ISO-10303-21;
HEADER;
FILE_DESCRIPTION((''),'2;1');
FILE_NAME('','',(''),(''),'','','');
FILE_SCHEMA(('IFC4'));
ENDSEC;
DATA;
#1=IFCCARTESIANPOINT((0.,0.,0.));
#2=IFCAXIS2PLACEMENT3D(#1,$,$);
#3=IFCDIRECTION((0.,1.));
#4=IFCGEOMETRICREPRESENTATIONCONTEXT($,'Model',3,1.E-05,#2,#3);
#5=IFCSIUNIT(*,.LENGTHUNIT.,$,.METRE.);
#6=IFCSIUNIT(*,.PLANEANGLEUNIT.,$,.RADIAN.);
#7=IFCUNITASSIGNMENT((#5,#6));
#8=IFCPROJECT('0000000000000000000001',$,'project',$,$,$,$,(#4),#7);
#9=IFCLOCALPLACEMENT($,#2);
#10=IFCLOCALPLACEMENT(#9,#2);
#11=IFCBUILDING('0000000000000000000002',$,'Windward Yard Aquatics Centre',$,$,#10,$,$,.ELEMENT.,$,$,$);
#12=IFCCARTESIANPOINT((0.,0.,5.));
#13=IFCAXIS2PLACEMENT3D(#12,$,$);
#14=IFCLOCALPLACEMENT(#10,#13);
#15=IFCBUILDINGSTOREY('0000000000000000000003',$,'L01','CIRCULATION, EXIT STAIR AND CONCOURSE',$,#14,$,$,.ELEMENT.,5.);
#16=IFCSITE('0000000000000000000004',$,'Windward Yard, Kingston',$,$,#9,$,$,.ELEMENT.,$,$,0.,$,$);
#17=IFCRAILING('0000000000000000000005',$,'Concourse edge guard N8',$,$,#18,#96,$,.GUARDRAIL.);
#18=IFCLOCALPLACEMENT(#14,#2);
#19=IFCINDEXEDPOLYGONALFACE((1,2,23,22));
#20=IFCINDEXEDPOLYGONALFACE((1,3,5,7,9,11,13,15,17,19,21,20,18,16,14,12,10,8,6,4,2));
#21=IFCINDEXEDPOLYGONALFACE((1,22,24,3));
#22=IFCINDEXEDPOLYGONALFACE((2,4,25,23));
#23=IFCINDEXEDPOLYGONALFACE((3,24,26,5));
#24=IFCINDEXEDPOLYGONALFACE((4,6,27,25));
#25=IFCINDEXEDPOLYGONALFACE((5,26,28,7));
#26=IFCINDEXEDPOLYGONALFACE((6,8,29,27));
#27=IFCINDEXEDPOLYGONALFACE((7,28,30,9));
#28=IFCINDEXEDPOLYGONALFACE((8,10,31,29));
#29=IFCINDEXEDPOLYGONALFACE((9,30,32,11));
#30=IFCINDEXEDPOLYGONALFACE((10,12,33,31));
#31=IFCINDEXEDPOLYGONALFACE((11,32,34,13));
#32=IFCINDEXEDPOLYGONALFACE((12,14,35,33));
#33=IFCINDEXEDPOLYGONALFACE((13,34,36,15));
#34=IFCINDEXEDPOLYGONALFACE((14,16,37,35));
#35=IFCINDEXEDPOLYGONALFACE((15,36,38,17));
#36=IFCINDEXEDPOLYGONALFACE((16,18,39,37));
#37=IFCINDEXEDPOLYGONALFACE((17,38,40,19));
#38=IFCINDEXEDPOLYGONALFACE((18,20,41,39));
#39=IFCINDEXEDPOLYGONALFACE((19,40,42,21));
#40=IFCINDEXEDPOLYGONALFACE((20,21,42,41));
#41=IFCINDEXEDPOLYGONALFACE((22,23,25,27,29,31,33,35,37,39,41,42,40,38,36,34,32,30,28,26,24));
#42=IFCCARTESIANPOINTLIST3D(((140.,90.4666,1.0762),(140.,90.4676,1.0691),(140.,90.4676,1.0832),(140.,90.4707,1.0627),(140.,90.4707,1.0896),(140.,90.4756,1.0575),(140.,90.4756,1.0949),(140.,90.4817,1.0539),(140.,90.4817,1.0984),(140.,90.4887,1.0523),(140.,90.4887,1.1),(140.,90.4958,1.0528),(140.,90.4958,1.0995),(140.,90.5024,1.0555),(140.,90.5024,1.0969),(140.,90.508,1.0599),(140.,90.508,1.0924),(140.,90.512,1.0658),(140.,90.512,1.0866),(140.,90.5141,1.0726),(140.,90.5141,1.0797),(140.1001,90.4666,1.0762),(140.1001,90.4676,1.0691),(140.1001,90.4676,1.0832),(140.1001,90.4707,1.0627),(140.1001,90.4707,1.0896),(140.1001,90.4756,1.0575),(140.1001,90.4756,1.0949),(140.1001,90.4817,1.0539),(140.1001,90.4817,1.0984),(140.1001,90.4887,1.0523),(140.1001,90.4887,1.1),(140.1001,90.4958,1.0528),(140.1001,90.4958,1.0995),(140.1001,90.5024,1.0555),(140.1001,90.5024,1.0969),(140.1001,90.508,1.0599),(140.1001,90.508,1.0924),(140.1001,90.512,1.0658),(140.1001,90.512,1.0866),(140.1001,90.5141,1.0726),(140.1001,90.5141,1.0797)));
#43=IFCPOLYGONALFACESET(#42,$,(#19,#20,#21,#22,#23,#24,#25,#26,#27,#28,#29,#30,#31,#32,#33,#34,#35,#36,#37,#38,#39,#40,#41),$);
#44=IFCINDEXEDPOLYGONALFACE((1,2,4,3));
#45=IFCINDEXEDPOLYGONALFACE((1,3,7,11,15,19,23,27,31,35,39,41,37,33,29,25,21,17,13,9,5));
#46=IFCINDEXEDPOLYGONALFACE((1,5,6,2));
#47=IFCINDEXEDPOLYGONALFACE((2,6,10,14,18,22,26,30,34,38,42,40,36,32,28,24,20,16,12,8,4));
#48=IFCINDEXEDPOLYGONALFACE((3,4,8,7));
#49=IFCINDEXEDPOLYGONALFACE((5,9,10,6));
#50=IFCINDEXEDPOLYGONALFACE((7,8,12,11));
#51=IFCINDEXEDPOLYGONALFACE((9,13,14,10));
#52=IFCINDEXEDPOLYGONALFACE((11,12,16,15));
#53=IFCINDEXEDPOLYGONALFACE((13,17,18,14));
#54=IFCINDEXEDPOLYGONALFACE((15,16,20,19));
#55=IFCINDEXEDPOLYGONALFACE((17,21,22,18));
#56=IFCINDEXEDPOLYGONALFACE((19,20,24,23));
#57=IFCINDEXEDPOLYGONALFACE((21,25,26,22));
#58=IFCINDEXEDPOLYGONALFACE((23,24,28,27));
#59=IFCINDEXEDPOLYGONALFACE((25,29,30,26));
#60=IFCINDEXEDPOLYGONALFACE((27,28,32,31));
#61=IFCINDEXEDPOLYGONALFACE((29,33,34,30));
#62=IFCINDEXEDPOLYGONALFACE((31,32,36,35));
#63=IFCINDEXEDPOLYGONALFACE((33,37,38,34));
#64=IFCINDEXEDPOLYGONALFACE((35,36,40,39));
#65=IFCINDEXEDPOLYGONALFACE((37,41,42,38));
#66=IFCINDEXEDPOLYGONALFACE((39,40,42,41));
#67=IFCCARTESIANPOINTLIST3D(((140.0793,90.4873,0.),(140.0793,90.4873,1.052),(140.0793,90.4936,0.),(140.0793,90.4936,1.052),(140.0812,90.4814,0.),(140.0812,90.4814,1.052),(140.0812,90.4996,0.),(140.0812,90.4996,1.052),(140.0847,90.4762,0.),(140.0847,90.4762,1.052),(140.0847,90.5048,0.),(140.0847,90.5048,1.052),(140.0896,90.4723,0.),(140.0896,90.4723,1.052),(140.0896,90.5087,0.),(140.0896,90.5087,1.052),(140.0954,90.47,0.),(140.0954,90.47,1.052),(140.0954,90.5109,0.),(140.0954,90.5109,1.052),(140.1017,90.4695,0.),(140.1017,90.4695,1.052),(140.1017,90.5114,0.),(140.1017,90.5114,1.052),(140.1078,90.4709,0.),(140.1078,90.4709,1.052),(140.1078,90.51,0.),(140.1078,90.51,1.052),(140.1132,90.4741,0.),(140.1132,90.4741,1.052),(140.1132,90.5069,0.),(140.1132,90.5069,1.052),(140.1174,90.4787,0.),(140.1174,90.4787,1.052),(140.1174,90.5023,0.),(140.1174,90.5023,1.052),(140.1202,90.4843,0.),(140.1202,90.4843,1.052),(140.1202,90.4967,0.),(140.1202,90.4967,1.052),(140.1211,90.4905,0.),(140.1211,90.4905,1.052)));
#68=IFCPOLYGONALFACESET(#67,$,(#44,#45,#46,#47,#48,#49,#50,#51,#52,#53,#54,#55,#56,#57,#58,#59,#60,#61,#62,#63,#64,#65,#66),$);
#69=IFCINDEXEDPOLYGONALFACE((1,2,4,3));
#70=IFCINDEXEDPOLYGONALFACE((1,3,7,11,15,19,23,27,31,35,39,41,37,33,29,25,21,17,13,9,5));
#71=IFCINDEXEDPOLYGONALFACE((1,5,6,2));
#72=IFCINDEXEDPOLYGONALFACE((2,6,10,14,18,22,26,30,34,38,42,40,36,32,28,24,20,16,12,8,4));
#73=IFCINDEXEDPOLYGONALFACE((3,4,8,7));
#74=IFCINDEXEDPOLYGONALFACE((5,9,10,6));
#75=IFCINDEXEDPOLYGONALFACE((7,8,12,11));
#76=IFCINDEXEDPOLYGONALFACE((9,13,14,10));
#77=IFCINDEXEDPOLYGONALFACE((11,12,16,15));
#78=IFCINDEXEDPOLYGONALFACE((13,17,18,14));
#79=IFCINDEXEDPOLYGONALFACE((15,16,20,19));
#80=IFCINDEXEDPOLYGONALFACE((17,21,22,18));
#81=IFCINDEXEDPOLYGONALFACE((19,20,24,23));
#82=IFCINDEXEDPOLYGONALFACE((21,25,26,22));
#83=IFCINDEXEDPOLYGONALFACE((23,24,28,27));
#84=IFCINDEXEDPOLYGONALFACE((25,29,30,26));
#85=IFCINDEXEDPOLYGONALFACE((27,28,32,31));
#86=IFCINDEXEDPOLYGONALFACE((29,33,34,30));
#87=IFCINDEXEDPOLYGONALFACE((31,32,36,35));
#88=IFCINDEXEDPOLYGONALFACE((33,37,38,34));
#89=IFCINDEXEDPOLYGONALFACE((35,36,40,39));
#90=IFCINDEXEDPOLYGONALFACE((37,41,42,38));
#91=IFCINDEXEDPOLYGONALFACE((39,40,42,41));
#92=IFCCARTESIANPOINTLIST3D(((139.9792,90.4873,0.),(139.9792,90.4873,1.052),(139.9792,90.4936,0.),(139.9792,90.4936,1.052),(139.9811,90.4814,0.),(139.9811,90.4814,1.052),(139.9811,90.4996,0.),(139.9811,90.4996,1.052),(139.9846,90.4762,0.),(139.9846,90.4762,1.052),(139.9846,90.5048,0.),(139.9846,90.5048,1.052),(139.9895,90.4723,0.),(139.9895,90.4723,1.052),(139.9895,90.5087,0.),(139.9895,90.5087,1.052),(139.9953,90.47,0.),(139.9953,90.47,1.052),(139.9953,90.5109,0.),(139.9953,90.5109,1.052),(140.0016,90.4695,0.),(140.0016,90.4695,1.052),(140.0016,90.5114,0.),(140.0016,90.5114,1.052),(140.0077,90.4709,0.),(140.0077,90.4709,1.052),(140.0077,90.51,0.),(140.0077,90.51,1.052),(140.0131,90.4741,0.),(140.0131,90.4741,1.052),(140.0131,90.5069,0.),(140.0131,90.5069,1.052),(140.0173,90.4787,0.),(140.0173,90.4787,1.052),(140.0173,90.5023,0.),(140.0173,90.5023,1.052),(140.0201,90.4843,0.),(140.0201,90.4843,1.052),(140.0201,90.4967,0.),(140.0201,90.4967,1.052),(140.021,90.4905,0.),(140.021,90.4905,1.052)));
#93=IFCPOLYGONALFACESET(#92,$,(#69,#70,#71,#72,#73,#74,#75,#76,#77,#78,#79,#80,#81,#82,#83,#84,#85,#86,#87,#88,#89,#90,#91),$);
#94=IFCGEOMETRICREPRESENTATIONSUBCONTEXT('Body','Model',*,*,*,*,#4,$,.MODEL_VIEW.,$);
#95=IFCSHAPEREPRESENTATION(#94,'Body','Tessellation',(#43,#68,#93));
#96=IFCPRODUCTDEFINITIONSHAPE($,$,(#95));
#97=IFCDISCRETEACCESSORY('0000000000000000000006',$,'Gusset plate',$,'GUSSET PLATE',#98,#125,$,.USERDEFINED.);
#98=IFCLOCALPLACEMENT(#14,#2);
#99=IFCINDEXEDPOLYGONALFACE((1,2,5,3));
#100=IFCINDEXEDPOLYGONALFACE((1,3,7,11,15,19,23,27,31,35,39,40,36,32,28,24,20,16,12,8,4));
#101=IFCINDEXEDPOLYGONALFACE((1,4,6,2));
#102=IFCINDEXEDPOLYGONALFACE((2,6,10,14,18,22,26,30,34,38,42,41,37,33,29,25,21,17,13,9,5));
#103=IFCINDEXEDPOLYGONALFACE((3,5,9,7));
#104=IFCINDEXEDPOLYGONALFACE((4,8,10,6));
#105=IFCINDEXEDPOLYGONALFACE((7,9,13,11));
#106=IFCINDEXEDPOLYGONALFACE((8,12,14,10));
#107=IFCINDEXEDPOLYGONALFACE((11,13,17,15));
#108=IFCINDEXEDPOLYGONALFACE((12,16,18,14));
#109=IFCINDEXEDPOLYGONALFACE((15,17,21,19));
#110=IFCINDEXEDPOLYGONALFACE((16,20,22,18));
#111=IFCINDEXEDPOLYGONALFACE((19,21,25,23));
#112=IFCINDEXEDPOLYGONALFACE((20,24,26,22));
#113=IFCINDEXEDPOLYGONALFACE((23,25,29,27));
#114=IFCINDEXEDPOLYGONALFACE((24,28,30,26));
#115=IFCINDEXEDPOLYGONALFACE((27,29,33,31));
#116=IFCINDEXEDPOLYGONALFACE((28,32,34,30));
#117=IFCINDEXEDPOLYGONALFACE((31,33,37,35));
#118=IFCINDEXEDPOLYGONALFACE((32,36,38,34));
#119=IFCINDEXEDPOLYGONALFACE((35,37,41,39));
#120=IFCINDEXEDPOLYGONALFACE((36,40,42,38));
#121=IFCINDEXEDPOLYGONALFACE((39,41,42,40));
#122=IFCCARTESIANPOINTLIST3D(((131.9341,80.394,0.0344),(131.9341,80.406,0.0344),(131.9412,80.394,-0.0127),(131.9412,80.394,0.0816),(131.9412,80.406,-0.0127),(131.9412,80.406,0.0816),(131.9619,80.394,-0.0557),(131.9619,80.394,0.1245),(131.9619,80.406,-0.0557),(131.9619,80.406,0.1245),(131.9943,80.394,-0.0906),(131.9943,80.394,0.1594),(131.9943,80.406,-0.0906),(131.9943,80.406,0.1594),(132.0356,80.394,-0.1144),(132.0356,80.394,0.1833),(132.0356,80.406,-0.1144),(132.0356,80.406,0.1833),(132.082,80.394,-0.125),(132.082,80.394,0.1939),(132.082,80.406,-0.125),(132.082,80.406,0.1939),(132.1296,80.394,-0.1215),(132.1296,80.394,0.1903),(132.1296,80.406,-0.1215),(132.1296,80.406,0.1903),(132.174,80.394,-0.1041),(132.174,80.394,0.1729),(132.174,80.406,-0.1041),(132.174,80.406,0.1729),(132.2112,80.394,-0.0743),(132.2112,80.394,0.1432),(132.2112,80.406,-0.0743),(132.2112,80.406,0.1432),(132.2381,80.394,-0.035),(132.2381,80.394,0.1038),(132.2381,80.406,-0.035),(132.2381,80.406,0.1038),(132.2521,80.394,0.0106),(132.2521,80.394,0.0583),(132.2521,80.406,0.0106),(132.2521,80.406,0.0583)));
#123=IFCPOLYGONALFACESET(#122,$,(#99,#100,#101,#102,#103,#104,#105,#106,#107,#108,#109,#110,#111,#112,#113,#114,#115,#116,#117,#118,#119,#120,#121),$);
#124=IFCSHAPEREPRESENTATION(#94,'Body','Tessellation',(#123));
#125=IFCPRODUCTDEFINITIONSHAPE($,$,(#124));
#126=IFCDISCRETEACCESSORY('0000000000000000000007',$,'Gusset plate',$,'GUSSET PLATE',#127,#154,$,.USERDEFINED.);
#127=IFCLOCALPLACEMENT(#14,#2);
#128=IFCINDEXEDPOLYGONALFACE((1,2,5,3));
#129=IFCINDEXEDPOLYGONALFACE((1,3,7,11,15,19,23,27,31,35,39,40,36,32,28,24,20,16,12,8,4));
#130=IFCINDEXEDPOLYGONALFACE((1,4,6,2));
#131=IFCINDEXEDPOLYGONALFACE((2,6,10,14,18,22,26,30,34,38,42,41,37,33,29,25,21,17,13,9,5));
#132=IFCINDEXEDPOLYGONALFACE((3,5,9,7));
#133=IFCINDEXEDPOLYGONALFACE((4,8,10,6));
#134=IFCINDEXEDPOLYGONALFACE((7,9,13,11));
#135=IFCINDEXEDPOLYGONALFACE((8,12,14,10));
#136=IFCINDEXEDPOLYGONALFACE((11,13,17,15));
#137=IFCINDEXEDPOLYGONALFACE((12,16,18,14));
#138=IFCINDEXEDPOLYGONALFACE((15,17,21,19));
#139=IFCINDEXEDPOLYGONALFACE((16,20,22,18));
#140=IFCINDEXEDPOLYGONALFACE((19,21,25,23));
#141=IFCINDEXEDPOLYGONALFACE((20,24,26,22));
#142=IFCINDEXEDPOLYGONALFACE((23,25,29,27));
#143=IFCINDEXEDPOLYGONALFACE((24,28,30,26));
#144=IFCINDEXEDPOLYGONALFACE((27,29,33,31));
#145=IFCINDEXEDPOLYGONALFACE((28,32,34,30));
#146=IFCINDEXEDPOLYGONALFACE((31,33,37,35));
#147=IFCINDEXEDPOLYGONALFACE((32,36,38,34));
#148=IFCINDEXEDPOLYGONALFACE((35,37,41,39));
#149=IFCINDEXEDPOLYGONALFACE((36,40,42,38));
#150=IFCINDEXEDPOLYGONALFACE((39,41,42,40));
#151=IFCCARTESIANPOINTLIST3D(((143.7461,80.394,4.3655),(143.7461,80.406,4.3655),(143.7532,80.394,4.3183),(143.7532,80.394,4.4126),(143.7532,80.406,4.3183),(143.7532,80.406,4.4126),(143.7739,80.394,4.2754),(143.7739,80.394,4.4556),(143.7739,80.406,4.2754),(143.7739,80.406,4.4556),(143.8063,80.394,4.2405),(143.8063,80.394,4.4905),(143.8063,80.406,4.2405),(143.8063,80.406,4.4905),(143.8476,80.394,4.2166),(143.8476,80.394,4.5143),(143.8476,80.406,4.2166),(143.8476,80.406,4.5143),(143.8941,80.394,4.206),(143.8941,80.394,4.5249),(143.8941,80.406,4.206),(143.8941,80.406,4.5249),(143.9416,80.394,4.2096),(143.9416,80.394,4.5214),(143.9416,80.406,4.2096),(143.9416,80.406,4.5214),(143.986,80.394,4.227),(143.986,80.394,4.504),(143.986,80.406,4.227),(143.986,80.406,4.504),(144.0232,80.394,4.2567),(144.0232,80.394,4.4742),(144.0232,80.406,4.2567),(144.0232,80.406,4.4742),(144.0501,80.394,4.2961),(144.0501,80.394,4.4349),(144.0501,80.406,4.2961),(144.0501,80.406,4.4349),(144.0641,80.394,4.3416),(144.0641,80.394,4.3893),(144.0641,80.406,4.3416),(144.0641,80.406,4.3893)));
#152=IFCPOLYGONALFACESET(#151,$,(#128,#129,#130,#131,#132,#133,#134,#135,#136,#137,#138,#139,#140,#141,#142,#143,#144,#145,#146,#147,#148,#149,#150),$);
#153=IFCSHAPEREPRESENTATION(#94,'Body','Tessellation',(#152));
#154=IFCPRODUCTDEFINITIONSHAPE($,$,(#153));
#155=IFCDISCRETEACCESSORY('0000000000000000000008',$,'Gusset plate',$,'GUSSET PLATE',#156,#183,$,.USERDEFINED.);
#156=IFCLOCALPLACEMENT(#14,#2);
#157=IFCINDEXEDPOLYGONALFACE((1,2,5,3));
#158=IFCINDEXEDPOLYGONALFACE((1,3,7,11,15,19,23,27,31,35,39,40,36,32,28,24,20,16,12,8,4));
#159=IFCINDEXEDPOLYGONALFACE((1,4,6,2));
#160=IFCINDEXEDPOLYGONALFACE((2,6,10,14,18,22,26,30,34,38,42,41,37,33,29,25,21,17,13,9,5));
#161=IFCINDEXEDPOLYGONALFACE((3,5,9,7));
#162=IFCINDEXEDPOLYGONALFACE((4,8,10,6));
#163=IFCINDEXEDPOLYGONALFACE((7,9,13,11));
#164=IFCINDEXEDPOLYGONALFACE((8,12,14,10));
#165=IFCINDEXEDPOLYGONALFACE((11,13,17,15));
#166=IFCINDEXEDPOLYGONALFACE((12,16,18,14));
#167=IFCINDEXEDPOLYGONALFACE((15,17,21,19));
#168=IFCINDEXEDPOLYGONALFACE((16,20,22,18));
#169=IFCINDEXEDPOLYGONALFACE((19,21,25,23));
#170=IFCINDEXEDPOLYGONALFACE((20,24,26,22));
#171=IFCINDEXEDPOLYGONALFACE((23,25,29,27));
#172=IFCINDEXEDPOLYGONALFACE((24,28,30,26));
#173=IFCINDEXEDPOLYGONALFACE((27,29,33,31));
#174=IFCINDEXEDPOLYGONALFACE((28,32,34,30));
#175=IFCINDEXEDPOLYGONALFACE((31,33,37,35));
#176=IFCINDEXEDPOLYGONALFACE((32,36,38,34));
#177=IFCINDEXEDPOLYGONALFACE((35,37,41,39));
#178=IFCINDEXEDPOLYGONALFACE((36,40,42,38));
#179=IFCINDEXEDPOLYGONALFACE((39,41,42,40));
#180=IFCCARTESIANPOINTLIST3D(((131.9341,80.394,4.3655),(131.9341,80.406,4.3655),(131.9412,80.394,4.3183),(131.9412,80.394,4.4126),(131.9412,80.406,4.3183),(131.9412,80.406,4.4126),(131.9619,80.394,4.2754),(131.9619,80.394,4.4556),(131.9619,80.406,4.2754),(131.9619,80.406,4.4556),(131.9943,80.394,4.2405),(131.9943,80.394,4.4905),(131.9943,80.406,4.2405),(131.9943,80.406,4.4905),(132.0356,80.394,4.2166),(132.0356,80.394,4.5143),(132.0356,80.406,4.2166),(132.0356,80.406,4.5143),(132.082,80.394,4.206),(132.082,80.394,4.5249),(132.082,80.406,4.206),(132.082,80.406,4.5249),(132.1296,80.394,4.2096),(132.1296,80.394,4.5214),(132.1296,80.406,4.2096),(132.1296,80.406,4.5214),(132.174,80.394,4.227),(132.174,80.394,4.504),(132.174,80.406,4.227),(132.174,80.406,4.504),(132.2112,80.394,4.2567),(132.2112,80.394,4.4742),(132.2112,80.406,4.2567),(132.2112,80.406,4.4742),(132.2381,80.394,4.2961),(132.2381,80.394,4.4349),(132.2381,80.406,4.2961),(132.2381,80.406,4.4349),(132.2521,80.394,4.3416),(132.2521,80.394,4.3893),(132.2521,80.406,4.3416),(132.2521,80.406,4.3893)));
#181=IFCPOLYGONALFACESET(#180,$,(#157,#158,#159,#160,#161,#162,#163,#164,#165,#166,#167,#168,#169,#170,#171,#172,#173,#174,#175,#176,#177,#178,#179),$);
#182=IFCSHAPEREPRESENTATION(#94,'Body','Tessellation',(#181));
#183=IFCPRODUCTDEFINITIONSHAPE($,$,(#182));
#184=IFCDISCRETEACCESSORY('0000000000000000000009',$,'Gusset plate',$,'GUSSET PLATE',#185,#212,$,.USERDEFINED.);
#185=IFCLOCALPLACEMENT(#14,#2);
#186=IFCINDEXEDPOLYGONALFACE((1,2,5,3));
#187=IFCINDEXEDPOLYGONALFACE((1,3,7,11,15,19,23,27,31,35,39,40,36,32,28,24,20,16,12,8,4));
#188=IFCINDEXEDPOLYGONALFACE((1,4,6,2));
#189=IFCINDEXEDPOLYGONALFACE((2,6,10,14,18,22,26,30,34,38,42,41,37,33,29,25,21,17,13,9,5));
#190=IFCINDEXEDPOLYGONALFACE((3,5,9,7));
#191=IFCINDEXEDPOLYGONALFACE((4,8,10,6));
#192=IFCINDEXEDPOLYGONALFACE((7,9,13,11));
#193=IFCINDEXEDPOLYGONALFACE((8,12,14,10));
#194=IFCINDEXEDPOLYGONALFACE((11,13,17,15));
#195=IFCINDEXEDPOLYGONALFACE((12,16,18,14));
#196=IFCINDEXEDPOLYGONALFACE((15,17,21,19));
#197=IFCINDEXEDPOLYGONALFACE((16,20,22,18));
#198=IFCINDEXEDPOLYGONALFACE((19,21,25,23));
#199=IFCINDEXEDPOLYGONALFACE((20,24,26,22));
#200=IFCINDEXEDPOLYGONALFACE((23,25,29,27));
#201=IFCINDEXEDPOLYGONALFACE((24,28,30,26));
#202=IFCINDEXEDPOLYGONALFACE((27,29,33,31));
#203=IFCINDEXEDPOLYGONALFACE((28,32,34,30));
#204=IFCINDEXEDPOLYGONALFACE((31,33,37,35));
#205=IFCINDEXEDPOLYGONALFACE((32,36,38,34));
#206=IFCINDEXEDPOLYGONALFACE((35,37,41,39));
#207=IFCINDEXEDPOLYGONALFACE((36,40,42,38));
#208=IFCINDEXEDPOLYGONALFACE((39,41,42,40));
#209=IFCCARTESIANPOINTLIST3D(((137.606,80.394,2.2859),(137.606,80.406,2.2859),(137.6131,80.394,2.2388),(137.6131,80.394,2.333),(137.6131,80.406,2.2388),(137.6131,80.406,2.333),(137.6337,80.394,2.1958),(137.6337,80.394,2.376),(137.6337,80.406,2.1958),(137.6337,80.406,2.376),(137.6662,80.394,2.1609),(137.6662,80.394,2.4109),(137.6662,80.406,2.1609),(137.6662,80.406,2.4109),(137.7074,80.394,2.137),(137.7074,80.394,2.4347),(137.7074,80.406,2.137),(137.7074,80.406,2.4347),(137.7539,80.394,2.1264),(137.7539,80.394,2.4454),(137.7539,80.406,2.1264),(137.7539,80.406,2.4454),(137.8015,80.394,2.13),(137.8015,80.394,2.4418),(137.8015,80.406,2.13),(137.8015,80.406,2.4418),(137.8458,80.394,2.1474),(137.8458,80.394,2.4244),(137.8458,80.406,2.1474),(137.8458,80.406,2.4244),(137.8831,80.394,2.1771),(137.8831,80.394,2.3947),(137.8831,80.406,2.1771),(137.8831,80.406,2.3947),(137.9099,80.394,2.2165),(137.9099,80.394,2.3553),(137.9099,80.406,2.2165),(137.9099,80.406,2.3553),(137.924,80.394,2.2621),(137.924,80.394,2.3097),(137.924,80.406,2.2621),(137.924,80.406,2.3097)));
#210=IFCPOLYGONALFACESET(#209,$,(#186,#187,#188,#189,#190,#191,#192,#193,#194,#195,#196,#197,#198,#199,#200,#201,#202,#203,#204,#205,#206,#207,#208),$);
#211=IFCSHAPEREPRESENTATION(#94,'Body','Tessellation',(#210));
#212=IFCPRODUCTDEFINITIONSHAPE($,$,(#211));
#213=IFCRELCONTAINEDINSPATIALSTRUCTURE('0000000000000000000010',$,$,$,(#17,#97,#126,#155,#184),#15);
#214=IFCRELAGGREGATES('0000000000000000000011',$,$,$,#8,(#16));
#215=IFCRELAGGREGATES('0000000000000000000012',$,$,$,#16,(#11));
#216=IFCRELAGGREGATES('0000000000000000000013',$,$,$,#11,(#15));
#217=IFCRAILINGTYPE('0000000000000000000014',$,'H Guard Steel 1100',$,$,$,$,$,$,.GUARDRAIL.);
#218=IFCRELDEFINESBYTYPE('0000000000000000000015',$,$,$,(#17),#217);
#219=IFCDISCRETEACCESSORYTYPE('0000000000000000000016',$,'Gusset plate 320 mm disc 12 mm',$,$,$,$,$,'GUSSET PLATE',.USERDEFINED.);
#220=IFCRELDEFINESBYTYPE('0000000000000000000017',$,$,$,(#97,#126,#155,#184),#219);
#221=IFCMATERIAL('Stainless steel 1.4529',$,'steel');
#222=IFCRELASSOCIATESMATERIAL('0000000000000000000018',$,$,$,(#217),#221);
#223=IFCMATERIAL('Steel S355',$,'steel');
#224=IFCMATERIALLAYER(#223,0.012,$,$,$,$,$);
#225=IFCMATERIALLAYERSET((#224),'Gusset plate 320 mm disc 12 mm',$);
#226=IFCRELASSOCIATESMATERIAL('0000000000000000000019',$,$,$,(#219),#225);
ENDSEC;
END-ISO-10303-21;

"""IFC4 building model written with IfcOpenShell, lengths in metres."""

from ifc_helpers import new_model, si_unit, direction, frame, origin, origin_2d, place, context, subcontext, project, spatial, circle, extrude, material, layer, layer_set, type_object, element, save


model = new_model("IFC4")

# Units and contexts
model_context = context("Model", 3, precision=1e-05, world=origin(), true_north=direction((0.0, 1.0)))
body_context = subcontext(model_context, "Body", "Model", "MODEL_VIEW")
ifc_project = project(units=[si_unit("LENGTHUNIT", "METRE"), si_unit("PLANEANGLEUNIT", "RADIAN")], contexts=[model_context])

# Site, building, storey
site_placement = place(None, origin())
site = spatial("IfcSite", under=ifc_project, at=site_placement, Name="Windward Yard, Kingston", CompositionType="ELEMENT", RefElevation=0.0)
building_placement = place(site_placement, origin())
building = spatial("IfcBuilding", under=site, at=building_placement, Name="Windward Yard Aquatics Centre", CompositionType="ELEMENT")
storey_placement = place(building_placement, frame((0.0, 0.0, 5.0)))
storey = spatial("IfcBuildingStorey", under=building, at=storey_placement, Name="L01", Description="CIRCULATION, EXIT STAIR AND CONCOURSE", CompositionType="ELEMENT", Elevation=5.0)

# Railing
ifc_material_1 = material(Name="Stainless steel 1.4529", Category="steel")
railing_type = type_object("IfcRailingType", Name="H Guard Steel 1100", PredefinedType="GUARDRAIL", material=ifc_material_1)
railing_1_placement = place(storey_placement, frame((140.1001, 90.4905, 0.0)))
element("IfcRailing", 1, at=railing_1_placement, inside=storey, type_object=railing_type, Name="Concourse edge guard N8", PredefinedType="GUARDRAIL", context=body_context, shape_type="SweptSolid", body=[
    extrude(circle(Radius=0.0239, at=origin_2d()), frame((0.0, 0.0, 1.0762), z_axis=(-1.0, 0.0, 0.0), x_axis=(0.0, -1.0, 0.0)), (0.0, 0.0, 1.0), 0.1001),
    extrude(circle(Radius=0.021, at=origin_2d()), origin(), (0.0, 0.0, 1.0), 1.052),
    extrude(circle(Radius=0.021, at=origin_2d()), frame((-0.1001, 0.0, 0.0)), (0.0, 0.0, 1.0), 1.052),
])

# Discrete accessories
ifc_material_2 = material(Name="Steel S355", Category="steel")
ifc_layer_1 = layer(ifc_material_2, 0.012)
ifc_layer_set_1 = layer_set([ifc_layer_1], Name="Gusset plate 320 mm disc 12 mm")
discrete_accessory_type = type_object("IfcDiscreteAccessoryType", Name="Gusset plate 320 mm disc 12 mm", ElementType="GUSSET PLATE", PredefinedType="USERDEFINED", material=ifc_layer_set_1)
for number, where, z_axis, x_axis, name in (
    (2, (132.094, 80.394, 0.0344), (0.0, 1.0, 0.0), (-1.0, 0.0, 0.0), "Gusset plate"),
    (3, (143.906, 80.394, 4.3655), (0.0, 1.0, 0.0), (-1.0, 0.0, 0.0), "Gusset plate"),
    (4, (132.094, 80.394, 4.3655), (0.0, 1.0, 0.0), (-1.0, 0.0, 0.0), "Gusset plate"),
    (5, (137.7659, 80.394, 2.2859), (0.0, 1.0, 0.0), (-1.0, 0.0, 0.0), "Gusset plate"),
):
    element("IfcDiscreteAccessory", number, at=place(storey_placement, frame(where, z_axis=z_axis, x_axis=x_axis)), inside=storey, type_object=discrete_accessory_type, Name=name, ObjectType="GUSSET PLATE", PredefinedType="USERDEFINED", context=body_context, shape_type="SweptSolid", body=[
        extrude(circle(Radius=0.1599, at=origin_2d()), origin(), (0.0, 0.0, 1.0), 0.012),
    ])

save(model, "model.ifc")
